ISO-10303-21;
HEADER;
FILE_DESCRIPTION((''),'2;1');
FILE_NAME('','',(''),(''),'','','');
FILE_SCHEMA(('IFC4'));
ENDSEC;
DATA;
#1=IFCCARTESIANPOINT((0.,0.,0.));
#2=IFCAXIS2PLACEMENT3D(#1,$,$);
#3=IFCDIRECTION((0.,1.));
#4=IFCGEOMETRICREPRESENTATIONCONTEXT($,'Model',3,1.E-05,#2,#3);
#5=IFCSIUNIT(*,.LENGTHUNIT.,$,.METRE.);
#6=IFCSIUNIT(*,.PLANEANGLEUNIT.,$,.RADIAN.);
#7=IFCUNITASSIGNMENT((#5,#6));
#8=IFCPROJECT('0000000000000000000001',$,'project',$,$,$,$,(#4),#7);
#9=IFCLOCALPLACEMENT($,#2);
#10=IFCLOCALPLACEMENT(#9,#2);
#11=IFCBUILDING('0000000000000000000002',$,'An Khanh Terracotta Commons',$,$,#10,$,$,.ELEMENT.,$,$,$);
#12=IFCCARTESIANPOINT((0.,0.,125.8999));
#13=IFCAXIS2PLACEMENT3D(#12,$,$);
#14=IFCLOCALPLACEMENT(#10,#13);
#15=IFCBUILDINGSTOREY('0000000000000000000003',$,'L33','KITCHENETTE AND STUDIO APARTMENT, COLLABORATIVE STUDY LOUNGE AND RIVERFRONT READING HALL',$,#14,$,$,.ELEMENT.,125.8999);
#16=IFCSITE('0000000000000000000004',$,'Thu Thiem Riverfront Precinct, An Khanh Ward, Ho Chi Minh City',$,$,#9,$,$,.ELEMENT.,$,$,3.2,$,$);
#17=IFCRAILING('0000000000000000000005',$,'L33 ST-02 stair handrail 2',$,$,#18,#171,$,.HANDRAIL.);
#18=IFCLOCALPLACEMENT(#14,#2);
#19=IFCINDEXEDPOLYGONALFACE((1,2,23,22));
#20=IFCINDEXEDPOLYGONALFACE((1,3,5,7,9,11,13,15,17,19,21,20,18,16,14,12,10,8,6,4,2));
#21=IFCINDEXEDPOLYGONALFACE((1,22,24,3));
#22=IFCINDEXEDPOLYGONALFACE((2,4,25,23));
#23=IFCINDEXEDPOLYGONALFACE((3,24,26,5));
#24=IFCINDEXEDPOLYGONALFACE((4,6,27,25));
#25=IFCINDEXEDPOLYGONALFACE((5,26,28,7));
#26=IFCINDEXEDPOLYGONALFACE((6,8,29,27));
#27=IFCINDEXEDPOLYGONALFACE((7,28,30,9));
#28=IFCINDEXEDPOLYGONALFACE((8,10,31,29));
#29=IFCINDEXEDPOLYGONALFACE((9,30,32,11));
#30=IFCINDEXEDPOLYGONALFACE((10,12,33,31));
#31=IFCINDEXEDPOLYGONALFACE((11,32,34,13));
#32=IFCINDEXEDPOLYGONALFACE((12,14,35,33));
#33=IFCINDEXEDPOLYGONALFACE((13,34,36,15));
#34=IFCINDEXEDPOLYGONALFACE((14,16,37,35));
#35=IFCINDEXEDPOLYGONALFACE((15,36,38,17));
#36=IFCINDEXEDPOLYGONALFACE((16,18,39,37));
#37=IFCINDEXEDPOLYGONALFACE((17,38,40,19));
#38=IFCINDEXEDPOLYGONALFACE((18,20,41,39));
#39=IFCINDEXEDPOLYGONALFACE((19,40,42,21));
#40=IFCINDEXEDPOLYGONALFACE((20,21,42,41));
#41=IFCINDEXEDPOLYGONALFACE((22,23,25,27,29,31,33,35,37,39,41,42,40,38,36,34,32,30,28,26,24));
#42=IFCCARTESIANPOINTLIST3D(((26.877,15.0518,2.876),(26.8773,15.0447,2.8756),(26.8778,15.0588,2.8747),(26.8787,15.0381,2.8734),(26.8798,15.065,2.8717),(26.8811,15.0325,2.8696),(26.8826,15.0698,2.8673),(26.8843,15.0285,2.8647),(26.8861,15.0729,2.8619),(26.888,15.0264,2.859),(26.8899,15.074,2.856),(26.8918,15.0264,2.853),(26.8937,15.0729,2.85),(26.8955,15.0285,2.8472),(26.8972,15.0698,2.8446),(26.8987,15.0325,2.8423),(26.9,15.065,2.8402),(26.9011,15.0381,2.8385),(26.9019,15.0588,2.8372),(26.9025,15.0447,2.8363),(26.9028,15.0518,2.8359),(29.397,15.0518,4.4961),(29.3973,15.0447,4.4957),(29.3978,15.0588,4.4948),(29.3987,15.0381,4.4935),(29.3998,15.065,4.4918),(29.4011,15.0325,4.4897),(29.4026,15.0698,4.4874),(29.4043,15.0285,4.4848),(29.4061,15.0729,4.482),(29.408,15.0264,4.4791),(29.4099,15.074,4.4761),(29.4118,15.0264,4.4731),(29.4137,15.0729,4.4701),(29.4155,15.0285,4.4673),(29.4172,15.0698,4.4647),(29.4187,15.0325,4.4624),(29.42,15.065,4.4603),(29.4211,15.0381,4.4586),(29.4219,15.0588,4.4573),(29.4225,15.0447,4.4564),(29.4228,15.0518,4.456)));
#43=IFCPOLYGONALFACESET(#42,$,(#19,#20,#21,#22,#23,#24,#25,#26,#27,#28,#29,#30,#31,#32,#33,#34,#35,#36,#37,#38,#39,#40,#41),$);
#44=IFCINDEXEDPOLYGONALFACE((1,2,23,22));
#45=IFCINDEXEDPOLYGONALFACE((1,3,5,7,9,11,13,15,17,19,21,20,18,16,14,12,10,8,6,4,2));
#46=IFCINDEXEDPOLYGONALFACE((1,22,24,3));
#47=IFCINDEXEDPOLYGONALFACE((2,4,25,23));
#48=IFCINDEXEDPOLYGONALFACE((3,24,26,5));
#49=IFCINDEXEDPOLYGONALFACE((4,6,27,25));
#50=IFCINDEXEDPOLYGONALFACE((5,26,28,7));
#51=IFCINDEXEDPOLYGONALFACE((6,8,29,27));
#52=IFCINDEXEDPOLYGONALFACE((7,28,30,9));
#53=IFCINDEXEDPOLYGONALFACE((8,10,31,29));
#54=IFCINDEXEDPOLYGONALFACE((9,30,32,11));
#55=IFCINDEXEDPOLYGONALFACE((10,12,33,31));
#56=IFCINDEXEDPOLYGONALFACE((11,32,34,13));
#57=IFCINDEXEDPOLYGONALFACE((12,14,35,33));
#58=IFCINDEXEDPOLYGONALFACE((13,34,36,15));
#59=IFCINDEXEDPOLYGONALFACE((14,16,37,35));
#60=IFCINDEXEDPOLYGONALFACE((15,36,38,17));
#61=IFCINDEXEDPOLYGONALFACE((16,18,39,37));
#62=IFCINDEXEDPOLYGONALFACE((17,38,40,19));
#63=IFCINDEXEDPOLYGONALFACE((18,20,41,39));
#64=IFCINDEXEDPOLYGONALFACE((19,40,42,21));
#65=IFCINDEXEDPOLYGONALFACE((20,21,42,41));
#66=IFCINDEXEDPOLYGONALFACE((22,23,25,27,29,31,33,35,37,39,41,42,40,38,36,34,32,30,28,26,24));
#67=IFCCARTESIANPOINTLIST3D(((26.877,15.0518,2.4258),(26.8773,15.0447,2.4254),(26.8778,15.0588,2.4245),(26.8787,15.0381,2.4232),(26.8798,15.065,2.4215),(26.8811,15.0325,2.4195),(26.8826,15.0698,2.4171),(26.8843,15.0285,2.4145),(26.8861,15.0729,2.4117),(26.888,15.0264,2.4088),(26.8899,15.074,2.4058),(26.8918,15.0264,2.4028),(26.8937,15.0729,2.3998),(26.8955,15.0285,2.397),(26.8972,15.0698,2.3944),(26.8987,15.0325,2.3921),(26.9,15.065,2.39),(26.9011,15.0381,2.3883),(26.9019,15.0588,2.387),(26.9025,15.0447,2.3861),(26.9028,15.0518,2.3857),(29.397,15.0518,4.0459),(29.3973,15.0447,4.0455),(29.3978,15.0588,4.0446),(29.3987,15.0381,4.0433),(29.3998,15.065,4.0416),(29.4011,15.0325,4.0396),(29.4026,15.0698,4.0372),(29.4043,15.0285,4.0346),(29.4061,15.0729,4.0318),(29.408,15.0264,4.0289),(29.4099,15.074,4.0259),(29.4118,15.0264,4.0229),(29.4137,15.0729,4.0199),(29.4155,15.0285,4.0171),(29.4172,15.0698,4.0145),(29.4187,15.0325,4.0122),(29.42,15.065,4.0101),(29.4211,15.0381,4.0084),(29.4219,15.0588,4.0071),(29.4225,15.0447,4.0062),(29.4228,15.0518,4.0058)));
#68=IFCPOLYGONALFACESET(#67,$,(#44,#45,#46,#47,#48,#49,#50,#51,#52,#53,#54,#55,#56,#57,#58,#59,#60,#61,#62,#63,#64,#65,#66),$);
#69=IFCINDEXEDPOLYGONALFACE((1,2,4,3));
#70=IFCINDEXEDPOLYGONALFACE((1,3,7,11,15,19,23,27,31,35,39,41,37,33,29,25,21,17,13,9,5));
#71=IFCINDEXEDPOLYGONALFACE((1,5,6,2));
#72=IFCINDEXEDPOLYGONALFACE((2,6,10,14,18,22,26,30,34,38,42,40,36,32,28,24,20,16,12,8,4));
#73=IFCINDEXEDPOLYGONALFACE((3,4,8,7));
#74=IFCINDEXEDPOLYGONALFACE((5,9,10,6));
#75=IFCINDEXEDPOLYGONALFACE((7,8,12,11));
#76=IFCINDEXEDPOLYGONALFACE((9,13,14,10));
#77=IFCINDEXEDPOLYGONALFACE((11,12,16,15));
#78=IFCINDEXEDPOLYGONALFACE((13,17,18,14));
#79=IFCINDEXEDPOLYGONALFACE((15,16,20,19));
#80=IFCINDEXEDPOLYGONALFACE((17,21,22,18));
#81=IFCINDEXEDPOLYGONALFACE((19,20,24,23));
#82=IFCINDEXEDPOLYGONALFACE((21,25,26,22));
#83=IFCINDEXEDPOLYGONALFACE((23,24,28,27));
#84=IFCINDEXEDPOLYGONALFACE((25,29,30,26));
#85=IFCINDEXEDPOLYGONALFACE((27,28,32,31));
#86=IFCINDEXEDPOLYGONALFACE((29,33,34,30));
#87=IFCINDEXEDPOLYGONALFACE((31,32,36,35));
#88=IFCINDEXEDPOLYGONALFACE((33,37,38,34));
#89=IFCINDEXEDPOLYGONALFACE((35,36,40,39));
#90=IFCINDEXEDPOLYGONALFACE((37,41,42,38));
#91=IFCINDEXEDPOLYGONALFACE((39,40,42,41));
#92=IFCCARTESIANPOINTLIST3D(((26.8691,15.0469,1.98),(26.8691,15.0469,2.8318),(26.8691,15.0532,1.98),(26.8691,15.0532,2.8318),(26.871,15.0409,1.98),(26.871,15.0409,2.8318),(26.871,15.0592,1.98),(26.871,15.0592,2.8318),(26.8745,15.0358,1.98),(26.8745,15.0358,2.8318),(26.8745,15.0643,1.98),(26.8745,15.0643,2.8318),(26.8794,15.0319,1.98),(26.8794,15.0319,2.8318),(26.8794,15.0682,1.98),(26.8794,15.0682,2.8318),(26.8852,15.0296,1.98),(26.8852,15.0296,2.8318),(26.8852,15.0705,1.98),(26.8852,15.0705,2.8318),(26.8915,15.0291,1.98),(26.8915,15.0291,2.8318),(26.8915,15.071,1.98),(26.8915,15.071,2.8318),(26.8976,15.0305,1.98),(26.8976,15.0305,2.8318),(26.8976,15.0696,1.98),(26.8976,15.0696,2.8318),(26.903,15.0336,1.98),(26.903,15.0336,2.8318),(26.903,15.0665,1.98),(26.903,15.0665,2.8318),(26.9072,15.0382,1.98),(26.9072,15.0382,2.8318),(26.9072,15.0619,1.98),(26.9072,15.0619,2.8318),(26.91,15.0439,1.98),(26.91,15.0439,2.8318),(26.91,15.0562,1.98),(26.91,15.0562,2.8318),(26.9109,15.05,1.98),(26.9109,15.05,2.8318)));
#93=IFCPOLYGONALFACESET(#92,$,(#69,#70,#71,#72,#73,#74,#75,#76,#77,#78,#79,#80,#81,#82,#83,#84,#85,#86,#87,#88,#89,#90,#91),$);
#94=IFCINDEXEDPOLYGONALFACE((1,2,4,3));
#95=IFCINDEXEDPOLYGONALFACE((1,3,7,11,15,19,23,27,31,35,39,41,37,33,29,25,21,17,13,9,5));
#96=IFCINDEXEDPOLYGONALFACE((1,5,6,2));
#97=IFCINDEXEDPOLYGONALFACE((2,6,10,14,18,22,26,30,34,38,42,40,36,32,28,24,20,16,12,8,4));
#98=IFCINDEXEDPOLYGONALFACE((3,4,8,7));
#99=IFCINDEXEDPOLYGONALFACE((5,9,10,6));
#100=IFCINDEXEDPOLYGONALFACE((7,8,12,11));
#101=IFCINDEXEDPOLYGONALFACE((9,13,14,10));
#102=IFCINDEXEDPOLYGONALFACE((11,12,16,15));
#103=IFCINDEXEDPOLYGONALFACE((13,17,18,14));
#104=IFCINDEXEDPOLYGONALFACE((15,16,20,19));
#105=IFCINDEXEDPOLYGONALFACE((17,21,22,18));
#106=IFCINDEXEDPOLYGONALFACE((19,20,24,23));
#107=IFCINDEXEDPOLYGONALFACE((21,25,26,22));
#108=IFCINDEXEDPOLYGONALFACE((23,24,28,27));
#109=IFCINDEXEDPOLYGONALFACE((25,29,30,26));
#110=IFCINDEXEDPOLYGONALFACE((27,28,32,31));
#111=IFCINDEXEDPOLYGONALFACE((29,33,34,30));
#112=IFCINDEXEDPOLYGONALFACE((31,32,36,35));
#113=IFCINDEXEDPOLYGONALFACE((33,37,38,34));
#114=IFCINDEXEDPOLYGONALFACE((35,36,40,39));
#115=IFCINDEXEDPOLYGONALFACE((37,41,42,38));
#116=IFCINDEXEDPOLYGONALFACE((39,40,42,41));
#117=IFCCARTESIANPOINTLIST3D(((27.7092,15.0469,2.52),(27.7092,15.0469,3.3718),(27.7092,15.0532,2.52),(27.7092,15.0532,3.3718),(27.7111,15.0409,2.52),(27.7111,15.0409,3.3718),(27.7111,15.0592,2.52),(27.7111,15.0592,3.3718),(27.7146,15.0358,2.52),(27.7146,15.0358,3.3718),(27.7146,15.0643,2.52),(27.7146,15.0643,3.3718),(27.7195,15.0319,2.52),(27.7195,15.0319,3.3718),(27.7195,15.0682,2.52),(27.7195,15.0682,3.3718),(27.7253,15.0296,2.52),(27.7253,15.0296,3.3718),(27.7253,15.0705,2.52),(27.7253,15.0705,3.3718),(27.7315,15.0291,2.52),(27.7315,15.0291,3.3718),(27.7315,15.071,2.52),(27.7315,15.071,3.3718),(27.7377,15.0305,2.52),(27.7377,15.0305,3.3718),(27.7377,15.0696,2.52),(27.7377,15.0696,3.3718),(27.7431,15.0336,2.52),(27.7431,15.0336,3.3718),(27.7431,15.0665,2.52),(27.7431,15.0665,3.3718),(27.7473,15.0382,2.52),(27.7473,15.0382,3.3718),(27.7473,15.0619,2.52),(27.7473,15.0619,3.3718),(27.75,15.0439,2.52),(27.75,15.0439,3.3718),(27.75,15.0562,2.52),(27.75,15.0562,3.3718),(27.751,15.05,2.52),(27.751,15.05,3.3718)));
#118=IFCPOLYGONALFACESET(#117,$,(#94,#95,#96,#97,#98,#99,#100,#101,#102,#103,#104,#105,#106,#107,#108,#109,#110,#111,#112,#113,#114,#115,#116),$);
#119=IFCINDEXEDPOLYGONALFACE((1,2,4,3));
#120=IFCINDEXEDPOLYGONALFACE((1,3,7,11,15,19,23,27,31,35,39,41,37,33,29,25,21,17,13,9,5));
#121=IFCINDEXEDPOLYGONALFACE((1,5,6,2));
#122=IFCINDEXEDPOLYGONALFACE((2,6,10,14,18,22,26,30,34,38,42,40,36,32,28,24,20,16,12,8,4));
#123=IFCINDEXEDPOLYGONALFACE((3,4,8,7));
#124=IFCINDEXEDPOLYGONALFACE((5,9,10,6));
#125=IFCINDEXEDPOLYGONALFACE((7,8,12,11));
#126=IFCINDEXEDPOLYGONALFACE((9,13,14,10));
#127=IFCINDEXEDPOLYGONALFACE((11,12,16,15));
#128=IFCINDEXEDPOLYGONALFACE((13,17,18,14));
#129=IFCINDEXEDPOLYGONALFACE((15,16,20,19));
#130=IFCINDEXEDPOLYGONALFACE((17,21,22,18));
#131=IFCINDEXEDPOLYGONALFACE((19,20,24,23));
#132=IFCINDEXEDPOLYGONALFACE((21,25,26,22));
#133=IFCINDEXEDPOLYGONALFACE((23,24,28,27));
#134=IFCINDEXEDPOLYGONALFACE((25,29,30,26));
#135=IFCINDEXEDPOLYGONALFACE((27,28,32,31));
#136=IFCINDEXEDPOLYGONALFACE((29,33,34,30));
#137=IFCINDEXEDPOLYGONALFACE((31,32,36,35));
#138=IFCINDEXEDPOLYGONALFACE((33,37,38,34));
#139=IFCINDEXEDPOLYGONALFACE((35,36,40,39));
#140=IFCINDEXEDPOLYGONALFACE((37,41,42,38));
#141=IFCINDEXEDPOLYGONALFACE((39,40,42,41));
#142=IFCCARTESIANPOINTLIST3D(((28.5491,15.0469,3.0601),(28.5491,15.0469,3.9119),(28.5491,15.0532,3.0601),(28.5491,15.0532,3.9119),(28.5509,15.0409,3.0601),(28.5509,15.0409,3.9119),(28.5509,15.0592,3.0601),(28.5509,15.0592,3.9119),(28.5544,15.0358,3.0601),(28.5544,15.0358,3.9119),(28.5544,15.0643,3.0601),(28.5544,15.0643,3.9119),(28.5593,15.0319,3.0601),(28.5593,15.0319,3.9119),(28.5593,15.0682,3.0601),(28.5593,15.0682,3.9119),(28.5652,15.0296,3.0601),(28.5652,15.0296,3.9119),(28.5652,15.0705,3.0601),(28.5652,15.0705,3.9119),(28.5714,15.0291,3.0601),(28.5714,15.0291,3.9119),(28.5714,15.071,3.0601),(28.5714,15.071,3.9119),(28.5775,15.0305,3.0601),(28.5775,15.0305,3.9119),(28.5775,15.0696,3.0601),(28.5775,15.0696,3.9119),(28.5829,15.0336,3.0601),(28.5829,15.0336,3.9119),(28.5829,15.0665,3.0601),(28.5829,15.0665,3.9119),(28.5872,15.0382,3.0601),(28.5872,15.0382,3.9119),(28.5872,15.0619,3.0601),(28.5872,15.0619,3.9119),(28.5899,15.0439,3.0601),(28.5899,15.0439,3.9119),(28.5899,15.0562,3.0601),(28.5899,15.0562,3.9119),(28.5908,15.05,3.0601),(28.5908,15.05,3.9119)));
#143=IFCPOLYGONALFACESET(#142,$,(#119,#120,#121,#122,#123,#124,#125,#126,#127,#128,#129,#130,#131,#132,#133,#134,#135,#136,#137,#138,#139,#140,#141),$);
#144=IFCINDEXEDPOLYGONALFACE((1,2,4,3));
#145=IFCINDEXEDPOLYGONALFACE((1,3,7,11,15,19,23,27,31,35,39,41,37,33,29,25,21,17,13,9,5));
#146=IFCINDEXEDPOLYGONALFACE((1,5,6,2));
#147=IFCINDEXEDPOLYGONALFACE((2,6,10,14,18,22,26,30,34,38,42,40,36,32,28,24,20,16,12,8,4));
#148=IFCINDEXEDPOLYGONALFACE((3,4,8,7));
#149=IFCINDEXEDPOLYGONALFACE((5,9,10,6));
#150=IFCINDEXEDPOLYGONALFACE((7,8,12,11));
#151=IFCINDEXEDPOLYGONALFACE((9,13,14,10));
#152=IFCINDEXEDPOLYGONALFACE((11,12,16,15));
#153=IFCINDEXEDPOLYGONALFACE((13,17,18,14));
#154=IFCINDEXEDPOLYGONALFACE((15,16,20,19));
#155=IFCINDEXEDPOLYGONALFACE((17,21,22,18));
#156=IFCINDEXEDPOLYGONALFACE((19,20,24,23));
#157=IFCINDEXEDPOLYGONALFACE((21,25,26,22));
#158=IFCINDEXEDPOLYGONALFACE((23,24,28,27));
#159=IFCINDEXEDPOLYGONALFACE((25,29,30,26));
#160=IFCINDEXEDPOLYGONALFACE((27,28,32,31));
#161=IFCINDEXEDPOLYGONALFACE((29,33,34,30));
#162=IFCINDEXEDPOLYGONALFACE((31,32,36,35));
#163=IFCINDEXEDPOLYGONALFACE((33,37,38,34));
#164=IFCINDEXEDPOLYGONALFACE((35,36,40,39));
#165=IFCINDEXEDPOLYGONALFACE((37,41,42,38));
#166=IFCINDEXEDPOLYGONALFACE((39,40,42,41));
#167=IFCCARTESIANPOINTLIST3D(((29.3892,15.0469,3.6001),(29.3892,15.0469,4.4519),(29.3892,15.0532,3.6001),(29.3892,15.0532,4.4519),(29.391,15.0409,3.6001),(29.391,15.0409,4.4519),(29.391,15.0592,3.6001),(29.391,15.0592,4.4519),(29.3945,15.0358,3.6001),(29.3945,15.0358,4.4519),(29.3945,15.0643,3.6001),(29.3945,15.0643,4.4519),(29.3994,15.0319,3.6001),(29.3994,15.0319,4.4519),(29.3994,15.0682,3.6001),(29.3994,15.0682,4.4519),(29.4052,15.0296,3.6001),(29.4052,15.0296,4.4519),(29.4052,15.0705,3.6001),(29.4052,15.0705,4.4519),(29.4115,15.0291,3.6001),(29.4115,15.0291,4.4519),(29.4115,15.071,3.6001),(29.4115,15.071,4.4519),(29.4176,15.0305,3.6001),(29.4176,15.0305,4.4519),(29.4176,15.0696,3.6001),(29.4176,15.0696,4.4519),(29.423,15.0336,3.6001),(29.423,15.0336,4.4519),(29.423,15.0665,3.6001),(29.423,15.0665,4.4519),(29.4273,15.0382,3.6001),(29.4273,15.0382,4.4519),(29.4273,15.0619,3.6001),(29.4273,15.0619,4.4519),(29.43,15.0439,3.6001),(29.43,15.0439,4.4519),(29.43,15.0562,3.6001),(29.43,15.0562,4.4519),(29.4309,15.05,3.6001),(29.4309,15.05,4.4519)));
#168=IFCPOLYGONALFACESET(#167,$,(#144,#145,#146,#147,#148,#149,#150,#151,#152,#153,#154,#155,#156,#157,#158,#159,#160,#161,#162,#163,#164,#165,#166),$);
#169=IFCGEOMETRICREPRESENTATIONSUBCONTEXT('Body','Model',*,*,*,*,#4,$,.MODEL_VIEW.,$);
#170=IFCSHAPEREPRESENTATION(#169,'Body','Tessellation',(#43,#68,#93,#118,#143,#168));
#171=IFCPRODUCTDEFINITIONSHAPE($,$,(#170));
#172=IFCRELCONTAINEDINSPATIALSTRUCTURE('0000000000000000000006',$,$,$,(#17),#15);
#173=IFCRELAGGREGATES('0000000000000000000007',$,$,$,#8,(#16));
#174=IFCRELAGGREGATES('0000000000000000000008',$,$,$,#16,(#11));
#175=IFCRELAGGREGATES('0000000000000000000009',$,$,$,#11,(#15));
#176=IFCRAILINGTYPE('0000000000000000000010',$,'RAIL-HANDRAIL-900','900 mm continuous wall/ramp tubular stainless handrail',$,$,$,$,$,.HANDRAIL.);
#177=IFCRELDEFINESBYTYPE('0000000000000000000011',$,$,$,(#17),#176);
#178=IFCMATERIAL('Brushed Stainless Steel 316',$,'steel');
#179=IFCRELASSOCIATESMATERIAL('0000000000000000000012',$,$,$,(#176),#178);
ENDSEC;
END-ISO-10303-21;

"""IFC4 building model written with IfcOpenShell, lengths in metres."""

from ifc_helpers import new_model, si_unit, direction, frame, origin, origin_2d, place, context, subcontext, project, spatial, circle, extrude, material, type_object, element, save


model = new_model("IFC4")

# Units and contexts
model_context = context("Model", 3, precision=1e-05, world=origin(), true_north=direction((0.0, 1.0)))
body_context = subcontext(model_context, "Body", "Model", "MODEL_VIEW")
ifc_project = project(units=[si_unit("LENGTHUNIT", "METRE"), si_unit("PLANEANGLEUNIT", "RADIAN")], contexts=[model_context])

# Site, building, storey
site_placement = place(None, origin())
site = spatial("IfcSite", under=ifc_project, at=site_placement, Name="Thu Thiem Riverfront Precinct, An Khanh Ward, Ho Chi Minh City", CompositionType="ELEMENT", RefElevation=3.2)
building_placement = place(site_placement, origin())
building = spatial("IfcBuilding", under=site, at=building_placement, Name="An Khanh Terracotta Commons", CompositionType="ELEMENT")
storey_placement = place(building_placement, frame((0.0, 0.0, 125.8999)))
storey = spatial("IfcBuildingStorey", under=building, at=storey_placement, Name="L33", Description="KITCHENETTE AND STUDIO APARTMENT, COLLABORATIVE STUDY LOUNGE AND RIVERFRONT READING HALL", CompositionType="ELEMENT", Elevation=125.8999)

# Railing
ifc_material_1 = material(Name="Brushed Stainless Steel 316", Category="steel")
railing_type_1 = type_object("IfcRailingType", Name="RAIL-HANDRAIL-900", Description="900 mm continuous wall/ramp tubular stainless handrail", PredefinedType="HANDRAIL", material=ifc_material_1)
railing_1_placement = place(storey_placement, frame((26.8899, 15.05, 1.98)))
element("IfcRailing", 1, at=railing_1_placement, inside=storey, type_object=railing_type_1, Name="L33 ST-02 stair handrail 2", PredefinedType="HANDRAIL", context=body_context, shape_type="SweptSolid", body=[
    extrude(circle(Radius=0.0239, at=origin_2d()), frame((0.0, 0.0, 0.876), z_axis=(0.841163, 0.0, 0.540782), x_axis=(0.0, 1.0, 0.0)), (0.0, 0.0, 1.0), 2.9958),
    extrude(circle(Radius=0.0239, at=origin_2d()), frame((0.0, 0.0, 0.4258), z_axis=(0.841163, 0.0, 0.540782), x_axis=(0.0, 1.0, 0.0)), (0.0, 0.0, 1.0), 2.9958),
    extrude(circle(Radius=0.021, at=origin_2d()), origin(), (0.0, 0.0, 1.0), 0.8518),
    extrude(circle(Radius=0.021, at=origin_2d()), frame((0.8401, 0.0, 0.54)), (0.0, 0.0, 1.0), 0.8518),
    extrude(circle(Radius=0.021, at=origin_2d()), frame((1.6799, 0.0, 1.0801)), (0.0, 0.0, 1.0), 0.8518),
    extrude(circle(Radius=0.021, at=origin_2d()), frame((2.52, 0.0, 1.6201)), (0.0, 0.0, 1.0), 0.8518),
])

save(model, "model.ifc")
